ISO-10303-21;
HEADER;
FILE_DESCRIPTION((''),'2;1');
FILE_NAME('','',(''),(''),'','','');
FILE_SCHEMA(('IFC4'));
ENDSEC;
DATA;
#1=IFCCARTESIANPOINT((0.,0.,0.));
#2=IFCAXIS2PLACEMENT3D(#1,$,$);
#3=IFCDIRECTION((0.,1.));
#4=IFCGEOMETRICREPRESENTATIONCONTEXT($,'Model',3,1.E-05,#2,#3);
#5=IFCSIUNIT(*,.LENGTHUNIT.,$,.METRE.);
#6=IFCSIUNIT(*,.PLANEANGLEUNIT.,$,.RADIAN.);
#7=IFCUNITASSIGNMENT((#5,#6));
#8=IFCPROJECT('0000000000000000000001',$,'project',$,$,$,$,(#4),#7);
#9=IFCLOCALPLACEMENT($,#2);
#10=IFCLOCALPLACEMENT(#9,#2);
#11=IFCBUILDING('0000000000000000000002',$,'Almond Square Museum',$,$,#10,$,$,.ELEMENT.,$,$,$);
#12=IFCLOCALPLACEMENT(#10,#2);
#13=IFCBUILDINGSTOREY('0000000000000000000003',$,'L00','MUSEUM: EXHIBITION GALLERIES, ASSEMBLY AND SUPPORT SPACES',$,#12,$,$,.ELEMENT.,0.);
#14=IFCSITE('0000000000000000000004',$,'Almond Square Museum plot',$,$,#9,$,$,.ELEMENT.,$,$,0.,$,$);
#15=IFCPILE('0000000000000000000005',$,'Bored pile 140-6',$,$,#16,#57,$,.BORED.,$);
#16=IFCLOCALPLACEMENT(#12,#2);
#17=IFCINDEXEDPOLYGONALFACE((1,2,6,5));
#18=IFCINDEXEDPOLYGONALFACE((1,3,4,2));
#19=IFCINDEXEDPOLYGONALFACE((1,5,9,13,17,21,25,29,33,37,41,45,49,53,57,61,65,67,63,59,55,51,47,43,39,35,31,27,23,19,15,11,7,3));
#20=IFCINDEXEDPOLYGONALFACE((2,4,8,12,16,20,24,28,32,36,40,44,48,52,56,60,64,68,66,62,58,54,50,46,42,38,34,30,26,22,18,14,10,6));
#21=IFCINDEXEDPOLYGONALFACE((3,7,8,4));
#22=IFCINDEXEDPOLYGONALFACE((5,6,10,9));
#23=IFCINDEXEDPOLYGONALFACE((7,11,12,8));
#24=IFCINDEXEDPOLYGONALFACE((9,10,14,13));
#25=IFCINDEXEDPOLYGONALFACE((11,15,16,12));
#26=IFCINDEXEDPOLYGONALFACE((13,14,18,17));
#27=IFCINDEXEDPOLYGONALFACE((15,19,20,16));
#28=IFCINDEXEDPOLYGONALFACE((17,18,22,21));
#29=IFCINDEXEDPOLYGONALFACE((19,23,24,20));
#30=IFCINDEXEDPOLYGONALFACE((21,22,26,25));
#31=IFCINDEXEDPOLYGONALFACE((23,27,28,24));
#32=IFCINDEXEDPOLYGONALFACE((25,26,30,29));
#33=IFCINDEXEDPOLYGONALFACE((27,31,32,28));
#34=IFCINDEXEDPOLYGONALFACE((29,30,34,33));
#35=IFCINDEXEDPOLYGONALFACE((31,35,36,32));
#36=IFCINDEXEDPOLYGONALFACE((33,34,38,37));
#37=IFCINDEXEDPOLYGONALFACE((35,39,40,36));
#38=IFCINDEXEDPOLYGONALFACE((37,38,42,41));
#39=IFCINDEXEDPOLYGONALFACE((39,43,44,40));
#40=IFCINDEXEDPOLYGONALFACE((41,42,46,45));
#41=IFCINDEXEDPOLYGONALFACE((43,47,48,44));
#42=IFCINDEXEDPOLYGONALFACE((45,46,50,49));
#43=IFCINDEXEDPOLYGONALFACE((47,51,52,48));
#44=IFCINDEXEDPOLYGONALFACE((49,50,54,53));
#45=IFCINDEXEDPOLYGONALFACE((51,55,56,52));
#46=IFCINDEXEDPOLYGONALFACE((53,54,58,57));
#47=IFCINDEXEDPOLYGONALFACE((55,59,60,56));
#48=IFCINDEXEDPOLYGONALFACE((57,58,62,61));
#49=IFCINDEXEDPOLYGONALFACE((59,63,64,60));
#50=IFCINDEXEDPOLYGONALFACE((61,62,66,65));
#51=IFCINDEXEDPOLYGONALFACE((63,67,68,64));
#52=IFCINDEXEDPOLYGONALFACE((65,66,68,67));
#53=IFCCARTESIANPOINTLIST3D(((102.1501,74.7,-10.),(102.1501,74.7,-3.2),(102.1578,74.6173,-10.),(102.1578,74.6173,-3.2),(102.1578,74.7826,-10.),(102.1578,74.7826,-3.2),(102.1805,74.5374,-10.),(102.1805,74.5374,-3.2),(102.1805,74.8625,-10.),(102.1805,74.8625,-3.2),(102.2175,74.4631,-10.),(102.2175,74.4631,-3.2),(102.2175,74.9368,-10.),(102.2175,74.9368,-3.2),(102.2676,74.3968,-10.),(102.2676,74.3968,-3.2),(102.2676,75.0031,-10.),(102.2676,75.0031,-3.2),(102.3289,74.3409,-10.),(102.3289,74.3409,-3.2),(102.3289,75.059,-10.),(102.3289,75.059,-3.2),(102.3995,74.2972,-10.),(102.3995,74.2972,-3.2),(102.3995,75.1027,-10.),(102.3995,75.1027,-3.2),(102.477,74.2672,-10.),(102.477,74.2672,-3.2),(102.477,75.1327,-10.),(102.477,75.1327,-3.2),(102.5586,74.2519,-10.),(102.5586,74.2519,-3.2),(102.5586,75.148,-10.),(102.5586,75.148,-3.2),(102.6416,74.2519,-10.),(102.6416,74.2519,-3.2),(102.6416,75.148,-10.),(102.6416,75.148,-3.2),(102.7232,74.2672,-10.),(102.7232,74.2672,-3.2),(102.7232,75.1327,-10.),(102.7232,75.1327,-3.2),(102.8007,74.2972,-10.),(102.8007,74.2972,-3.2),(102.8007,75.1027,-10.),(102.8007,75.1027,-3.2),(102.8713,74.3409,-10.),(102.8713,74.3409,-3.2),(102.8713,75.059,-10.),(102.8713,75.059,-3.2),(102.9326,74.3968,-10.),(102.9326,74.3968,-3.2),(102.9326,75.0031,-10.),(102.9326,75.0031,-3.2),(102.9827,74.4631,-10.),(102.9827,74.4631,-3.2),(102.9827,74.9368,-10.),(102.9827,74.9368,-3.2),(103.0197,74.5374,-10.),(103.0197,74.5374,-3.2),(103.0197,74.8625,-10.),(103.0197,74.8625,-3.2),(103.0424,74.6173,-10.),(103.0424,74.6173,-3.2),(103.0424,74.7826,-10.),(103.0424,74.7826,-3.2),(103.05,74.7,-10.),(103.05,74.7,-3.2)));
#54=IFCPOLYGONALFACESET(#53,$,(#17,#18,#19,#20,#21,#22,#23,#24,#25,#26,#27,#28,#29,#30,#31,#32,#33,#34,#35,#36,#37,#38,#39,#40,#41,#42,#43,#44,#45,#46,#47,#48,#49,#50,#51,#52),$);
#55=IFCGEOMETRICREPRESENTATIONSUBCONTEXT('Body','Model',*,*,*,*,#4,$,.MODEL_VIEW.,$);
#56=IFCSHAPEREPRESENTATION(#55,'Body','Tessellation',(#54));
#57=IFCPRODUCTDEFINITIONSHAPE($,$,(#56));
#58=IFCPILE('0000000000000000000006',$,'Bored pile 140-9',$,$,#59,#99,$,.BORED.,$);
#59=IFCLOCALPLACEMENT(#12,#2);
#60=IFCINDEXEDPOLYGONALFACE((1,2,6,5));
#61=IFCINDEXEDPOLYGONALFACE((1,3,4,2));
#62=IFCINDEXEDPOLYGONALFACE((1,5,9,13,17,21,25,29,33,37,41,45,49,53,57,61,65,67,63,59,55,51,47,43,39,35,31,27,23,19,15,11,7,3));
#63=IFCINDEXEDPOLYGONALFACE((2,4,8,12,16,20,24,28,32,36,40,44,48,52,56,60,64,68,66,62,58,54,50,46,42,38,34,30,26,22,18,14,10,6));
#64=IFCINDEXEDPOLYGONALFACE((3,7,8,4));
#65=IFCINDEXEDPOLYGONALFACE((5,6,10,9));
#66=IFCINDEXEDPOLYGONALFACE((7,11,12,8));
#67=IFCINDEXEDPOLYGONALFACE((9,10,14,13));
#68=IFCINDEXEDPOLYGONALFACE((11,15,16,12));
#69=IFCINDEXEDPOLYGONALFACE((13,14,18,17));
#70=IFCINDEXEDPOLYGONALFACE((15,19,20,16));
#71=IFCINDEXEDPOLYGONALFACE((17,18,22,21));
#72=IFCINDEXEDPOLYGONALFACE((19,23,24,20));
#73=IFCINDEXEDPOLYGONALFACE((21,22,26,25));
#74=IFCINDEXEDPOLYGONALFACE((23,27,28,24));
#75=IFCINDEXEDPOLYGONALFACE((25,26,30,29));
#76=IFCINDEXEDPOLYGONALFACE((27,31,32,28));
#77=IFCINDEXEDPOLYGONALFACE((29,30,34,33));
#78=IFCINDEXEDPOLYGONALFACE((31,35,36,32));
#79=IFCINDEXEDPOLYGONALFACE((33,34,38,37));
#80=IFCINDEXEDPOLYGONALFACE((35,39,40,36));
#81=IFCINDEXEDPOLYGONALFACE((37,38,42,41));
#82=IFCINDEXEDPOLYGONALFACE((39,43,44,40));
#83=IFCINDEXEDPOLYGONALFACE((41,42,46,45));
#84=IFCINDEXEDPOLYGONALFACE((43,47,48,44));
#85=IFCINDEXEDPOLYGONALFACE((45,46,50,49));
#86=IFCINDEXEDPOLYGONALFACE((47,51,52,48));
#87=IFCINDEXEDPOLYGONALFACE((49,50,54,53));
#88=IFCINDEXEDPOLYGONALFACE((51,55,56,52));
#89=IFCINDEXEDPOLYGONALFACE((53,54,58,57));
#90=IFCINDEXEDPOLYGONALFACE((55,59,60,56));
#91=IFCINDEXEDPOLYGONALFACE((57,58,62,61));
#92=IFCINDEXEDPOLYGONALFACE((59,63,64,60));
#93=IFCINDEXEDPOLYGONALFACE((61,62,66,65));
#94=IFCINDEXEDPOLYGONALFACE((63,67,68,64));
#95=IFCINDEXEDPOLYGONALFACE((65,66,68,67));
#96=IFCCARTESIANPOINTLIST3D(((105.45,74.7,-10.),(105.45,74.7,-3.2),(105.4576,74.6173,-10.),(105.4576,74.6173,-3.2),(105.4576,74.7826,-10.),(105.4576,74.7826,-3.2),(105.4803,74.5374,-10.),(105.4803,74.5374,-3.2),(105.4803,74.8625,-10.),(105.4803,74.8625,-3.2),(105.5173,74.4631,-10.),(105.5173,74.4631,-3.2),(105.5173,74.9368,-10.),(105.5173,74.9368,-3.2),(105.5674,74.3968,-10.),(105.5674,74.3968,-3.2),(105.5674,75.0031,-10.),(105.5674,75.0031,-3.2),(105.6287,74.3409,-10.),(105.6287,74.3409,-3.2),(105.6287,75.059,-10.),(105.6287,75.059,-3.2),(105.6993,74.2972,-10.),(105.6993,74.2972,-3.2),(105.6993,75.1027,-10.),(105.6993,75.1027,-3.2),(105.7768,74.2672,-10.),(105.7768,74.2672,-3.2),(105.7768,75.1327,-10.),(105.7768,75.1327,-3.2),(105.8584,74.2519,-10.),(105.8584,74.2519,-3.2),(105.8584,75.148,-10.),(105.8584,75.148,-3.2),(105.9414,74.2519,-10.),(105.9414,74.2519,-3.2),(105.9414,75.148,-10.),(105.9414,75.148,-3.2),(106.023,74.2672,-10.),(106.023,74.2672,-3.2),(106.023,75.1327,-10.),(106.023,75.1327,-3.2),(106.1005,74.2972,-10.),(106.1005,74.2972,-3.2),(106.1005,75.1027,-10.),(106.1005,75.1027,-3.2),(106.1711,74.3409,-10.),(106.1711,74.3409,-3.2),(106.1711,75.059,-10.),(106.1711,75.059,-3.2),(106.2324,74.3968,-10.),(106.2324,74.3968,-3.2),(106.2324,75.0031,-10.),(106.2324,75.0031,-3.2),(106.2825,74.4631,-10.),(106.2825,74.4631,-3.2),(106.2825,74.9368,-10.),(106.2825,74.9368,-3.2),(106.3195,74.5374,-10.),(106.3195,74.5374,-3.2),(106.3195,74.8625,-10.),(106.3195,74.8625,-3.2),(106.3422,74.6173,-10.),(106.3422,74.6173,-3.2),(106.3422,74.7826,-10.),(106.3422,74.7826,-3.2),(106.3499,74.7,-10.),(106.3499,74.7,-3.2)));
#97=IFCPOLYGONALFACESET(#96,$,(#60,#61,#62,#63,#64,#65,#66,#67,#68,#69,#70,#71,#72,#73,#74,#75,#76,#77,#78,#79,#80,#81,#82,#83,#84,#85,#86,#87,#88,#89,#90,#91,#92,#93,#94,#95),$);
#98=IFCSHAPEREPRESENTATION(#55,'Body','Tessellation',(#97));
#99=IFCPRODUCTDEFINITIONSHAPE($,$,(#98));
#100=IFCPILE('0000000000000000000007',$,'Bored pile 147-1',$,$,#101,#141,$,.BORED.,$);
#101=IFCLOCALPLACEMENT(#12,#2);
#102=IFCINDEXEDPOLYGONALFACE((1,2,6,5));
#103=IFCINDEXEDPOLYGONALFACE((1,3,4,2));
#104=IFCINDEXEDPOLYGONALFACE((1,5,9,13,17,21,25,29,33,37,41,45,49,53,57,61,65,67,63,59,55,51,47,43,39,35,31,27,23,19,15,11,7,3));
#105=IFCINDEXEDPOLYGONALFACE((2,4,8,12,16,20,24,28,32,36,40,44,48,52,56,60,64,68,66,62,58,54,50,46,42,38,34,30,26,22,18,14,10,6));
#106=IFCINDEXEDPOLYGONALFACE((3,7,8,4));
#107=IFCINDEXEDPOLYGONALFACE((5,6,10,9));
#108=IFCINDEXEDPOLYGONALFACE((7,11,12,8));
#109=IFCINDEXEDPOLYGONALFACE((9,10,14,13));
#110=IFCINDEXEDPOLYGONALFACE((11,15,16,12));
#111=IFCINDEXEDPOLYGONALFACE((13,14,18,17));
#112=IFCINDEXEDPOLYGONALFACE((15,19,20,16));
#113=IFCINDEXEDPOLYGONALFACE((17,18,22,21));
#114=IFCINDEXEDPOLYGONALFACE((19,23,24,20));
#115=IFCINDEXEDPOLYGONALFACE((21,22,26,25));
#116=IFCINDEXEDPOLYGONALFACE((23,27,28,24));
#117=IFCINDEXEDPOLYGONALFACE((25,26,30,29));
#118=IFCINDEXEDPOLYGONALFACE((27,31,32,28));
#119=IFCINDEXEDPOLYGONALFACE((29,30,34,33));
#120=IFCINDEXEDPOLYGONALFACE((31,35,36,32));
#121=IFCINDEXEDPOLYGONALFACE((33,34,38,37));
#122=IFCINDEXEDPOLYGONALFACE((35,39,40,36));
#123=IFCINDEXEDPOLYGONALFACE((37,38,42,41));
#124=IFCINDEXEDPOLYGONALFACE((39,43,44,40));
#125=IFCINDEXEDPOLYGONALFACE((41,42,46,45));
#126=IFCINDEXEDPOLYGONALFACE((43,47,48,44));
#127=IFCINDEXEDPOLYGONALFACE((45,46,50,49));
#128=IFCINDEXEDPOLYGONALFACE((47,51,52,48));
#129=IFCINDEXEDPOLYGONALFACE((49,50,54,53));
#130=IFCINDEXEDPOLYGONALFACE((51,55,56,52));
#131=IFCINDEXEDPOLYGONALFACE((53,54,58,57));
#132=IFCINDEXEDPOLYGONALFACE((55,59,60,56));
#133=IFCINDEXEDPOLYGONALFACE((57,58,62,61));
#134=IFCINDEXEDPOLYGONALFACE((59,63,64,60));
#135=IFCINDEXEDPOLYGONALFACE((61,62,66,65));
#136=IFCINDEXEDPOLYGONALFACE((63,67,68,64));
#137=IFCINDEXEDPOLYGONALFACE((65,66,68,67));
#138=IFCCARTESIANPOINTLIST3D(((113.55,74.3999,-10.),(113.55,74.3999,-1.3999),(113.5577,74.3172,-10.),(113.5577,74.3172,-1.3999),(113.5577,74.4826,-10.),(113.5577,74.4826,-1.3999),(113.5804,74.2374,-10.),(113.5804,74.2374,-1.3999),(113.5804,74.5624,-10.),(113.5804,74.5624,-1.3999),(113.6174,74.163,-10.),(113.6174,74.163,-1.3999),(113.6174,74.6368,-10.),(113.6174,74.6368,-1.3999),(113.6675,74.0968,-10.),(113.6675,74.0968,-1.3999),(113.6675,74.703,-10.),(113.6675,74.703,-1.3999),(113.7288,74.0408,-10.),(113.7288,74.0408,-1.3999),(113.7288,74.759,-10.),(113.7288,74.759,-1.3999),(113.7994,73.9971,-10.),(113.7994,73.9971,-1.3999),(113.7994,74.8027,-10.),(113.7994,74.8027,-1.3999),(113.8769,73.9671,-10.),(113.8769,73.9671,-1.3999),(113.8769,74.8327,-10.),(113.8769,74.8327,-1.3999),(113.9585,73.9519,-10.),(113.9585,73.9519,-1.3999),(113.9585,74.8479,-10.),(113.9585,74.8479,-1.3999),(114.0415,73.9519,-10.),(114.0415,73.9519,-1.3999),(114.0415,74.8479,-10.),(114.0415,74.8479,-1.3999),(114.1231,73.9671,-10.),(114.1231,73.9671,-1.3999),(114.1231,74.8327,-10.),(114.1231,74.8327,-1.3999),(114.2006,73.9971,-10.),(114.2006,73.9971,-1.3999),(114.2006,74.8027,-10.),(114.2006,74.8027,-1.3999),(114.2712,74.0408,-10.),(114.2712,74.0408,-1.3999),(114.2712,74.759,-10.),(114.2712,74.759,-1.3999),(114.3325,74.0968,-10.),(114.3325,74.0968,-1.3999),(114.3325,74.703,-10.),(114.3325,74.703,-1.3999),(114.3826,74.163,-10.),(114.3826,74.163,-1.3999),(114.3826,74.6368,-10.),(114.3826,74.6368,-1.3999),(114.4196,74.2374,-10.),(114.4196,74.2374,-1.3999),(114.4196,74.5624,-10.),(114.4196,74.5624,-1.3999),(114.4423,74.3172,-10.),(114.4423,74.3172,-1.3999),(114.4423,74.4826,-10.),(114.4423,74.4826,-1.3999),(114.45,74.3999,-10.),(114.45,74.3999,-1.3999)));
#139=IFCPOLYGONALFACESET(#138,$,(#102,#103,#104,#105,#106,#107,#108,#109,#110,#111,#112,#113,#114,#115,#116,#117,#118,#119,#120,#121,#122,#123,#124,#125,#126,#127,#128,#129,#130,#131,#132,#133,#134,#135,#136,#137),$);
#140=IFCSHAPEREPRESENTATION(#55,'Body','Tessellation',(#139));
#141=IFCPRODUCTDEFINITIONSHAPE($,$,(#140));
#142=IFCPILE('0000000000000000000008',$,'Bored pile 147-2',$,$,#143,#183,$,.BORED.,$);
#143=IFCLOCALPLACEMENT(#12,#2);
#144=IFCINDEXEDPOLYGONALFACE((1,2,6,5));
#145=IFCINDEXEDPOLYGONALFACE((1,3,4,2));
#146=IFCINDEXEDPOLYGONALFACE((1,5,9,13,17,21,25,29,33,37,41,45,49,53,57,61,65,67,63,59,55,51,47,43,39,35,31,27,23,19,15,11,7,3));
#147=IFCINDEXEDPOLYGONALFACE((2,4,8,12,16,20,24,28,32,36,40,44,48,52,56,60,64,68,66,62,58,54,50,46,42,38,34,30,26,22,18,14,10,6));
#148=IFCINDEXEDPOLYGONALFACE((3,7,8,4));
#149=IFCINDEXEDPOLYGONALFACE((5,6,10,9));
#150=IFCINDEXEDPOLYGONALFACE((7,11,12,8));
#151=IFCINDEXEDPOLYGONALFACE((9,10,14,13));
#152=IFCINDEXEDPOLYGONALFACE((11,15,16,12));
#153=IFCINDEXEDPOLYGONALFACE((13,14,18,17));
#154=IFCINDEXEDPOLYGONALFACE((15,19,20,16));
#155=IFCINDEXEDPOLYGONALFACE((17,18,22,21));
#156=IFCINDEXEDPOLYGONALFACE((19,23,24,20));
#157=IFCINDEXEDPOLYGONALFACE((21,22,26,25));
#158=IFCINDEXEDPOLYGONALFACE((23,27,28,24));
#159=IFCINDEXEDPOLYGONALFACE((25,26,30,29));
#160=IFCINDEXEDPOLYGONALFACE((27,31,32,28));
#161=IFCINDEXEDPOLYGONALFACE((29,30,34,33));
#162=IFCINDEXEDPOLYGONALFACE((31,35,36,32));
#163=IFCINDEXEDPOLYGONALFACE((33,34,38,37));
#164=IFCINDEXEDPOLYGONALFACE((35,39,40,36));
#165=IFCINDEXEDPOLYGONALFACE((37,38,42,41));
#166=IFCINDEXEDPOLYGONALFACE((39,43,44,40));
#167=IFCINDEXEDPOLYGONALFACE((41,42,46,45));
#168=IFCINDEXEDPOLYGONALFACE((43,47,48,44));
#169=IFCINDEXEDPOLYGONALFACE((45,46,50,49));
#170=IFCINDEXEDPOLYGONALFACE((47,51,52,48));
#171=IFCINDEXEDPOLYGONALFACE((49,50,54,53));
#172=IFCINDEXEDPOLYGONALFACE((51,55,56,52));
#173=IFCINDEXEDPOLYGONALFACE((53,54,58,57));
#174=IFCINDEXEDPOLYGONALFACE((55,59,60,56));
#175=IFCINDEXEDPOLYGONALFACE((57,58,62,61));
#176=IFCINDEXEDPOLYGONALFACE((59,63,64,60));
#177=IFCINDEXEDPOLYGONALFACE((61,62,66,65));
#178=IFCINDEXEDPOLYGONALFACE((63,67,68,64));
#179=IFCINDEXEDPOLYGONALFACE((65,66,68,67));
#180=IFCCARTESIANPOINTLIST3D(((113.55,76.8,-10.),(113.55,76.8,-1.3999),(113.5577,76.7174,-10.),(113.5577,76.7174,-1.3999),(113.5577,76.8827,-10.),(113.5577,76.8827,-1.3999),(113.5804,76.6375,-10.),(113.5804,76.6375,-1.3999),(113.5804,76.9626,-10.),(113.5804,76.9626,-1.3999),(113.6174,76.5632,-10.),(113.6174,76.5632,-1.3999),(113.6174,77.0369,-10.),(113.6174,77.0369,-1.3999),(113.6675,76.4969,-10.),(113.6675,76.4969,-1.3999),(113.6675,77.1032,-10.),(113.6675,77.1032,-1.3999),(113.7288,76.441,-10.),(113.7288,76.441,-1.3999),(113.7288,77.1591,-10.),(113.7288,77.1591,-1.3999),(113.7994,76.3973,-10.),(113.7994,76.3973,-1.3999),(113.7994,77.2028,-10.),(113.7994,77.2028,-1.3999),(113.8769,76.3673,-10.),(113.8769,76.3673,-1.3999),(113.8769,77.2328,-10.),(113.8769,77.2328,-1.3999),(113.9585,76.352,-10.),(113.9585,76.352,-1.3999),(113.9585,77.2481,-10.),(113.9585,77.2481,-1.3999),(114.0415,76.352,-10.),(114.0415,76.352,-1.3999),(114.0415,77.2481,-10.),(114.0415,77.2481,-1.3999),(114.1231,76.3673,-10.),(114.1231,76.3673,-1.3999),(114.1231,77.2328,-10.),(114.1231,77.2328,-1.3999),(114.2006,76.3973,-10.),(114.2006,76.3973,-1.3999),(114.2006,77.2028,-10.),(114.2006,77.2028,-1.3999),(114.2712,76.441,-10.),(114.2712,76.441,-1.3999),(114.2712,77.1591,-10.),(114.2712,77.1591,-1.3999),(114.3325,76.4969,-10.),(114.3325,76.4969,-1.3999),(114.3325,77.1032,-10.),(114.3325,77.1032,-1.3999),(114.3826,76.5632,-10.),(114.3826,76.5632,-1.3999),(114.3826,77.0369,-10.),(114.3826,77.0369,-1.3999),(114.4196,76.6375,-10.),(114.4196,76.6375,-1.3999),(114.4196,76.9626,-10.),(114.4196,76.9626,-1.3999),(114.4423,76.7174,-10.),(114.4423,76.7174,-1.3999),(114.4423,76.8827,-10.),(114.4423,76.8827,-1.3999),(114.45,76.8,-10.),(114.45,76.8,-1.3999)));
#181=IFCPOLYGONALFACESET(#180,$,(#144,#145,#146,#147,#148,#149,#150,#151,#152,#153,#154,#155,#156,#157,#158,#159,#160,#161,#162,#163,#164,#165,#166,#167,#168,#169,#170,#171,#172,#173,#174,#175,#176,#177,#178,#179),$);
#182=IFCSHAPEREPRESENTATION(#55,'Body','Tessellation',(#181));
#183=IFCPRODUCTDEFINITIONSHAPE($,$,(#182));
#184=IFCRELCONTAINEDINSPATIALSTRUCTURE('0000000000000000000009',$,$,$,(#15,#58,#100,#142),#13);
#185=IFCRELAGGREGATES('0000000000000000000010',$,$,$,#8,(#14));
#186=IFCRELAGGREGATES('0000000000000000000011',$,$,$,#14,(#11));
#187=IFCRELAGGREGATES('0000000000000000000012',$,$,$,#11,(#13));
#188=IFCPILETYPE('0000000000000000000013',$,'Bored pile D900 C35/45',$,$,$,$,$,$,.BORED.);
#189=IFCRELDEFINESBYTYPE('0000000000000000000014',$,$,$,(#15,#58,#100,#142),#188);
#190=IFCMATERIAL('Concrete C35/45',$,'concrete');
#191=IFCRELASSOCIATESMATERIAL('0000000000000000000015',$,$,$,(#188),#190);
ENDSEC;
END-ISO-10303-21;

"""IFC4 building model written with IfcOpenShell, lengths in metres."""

from ifc_helpers import new_model, si_unit, direction, frame, origin, origin_2d, place, context, subcontext, project, spatial, circle, extrude, material, material_profile, profile_set, type_object, element, save


model = new_model("IFC4")

# Units and contexts
model_context = context("Model", 3, precision=1e-05, world=origin(), true_north=direction((0.0, 1.0)))
body_context = subcontext(model_context, "Body", "Model", "MODEL_VIEW")
ifc_project = project(units=[si_unit("LENGTHUNIT", "METRE"), si_unit("PLANEANGLEUNIT", "RADIAN")], contexts=[model_context])

# Site, building, storey
site_placement = place(None, origin())
site = spatial("IfcSite", under=ifc_project, at=site_placement, Name="Almond Square Museum plot", CompositionType="ELEMENT", RefElevation=0.0)
building_placement = place(site_placement, origin())
building = spatial("IfcBuilding", under=site, at=building_placement, Name="Almond Square Museum", CompositionType="ELEMENT")
storey_placement = place(building_placement, origin())
storey = spatial("IfcBuildingStorey", under=building, at=storey_placement, Name="L00", Description="MUSEUM: EXHIBITION GALLERIES, ASSEMBLY AND SUPPORT SPACES", CompositionType="ELEMENT", Elevation=0.0)

# Piles
ifc_material_1 = material(Name="Concrete C35/45", Category="concrete")
ifc_material_profile_1 = material_profile(ifc_material_1, circle(Radius=0.45, at=origin_2d()))
ifc_profile_set_1 = profile_set([ifc_material_profile_1], Name="Concrete C35/45")
pile_type = type_object("IfcPileType", Name="Bored pile D900 C35/45", PredefinedType="BORED", material=ifc_profile_set_1)
for number, where, z_axis, x_axis, name in (
    (1, (102.6001, 74.7, -3.2), (0.0, 0.0, -1.0), (1.0, 0.0, 0.0), "Bored pile 140-6"),
    (2, (105.8999, 74.7, -3.2), (0.0, 0.0, -1.0), (1.0, 0.0, 0.0), "Bored pile 140-9"),
):
    element("IfcPile", number, at=place(storey_placement, frame(where, z_axis=z_axis, x_axis=x_axis)), inside=storey, type_object=pile_type, Name=name, PredefinedType="BORED", context=body_context, shape_type="SweptSolid", body=[
        extrude(circle(Radius=0.45, at=origin_2d()), origin(), (0.0, 0.0, 1.0), 6.8),
    ])
for number, where, z_axis, x_axis, name in (
    (3, (114.0, 74.3999, -1.3999), (0.0, 0.0, -1.0), (1.0, 0.0, 0.0), "Bored pile 147-1"),
    (4, (114.0, 76.8, -1.3999), (0.0, 0.0, -1.0), (1.0, 0.0, 0.0), "Bored pile 147-2"),
):
    element("IfcPile", number, at=place(storey_placement, frame(where, z_axis=z_axis, x_axis=x_axis)), inside=storey, type_object=pile_type, Name=name, PredefinedType="BORED", context=body_context, shape_type="SweptSolid", body=[
        extrude(circle(Radius=0.45, at=origin_2d()), origin(), (0.0, 0.0, 1.0), 8.6001),
    ])

save(model, "model.ifc")
